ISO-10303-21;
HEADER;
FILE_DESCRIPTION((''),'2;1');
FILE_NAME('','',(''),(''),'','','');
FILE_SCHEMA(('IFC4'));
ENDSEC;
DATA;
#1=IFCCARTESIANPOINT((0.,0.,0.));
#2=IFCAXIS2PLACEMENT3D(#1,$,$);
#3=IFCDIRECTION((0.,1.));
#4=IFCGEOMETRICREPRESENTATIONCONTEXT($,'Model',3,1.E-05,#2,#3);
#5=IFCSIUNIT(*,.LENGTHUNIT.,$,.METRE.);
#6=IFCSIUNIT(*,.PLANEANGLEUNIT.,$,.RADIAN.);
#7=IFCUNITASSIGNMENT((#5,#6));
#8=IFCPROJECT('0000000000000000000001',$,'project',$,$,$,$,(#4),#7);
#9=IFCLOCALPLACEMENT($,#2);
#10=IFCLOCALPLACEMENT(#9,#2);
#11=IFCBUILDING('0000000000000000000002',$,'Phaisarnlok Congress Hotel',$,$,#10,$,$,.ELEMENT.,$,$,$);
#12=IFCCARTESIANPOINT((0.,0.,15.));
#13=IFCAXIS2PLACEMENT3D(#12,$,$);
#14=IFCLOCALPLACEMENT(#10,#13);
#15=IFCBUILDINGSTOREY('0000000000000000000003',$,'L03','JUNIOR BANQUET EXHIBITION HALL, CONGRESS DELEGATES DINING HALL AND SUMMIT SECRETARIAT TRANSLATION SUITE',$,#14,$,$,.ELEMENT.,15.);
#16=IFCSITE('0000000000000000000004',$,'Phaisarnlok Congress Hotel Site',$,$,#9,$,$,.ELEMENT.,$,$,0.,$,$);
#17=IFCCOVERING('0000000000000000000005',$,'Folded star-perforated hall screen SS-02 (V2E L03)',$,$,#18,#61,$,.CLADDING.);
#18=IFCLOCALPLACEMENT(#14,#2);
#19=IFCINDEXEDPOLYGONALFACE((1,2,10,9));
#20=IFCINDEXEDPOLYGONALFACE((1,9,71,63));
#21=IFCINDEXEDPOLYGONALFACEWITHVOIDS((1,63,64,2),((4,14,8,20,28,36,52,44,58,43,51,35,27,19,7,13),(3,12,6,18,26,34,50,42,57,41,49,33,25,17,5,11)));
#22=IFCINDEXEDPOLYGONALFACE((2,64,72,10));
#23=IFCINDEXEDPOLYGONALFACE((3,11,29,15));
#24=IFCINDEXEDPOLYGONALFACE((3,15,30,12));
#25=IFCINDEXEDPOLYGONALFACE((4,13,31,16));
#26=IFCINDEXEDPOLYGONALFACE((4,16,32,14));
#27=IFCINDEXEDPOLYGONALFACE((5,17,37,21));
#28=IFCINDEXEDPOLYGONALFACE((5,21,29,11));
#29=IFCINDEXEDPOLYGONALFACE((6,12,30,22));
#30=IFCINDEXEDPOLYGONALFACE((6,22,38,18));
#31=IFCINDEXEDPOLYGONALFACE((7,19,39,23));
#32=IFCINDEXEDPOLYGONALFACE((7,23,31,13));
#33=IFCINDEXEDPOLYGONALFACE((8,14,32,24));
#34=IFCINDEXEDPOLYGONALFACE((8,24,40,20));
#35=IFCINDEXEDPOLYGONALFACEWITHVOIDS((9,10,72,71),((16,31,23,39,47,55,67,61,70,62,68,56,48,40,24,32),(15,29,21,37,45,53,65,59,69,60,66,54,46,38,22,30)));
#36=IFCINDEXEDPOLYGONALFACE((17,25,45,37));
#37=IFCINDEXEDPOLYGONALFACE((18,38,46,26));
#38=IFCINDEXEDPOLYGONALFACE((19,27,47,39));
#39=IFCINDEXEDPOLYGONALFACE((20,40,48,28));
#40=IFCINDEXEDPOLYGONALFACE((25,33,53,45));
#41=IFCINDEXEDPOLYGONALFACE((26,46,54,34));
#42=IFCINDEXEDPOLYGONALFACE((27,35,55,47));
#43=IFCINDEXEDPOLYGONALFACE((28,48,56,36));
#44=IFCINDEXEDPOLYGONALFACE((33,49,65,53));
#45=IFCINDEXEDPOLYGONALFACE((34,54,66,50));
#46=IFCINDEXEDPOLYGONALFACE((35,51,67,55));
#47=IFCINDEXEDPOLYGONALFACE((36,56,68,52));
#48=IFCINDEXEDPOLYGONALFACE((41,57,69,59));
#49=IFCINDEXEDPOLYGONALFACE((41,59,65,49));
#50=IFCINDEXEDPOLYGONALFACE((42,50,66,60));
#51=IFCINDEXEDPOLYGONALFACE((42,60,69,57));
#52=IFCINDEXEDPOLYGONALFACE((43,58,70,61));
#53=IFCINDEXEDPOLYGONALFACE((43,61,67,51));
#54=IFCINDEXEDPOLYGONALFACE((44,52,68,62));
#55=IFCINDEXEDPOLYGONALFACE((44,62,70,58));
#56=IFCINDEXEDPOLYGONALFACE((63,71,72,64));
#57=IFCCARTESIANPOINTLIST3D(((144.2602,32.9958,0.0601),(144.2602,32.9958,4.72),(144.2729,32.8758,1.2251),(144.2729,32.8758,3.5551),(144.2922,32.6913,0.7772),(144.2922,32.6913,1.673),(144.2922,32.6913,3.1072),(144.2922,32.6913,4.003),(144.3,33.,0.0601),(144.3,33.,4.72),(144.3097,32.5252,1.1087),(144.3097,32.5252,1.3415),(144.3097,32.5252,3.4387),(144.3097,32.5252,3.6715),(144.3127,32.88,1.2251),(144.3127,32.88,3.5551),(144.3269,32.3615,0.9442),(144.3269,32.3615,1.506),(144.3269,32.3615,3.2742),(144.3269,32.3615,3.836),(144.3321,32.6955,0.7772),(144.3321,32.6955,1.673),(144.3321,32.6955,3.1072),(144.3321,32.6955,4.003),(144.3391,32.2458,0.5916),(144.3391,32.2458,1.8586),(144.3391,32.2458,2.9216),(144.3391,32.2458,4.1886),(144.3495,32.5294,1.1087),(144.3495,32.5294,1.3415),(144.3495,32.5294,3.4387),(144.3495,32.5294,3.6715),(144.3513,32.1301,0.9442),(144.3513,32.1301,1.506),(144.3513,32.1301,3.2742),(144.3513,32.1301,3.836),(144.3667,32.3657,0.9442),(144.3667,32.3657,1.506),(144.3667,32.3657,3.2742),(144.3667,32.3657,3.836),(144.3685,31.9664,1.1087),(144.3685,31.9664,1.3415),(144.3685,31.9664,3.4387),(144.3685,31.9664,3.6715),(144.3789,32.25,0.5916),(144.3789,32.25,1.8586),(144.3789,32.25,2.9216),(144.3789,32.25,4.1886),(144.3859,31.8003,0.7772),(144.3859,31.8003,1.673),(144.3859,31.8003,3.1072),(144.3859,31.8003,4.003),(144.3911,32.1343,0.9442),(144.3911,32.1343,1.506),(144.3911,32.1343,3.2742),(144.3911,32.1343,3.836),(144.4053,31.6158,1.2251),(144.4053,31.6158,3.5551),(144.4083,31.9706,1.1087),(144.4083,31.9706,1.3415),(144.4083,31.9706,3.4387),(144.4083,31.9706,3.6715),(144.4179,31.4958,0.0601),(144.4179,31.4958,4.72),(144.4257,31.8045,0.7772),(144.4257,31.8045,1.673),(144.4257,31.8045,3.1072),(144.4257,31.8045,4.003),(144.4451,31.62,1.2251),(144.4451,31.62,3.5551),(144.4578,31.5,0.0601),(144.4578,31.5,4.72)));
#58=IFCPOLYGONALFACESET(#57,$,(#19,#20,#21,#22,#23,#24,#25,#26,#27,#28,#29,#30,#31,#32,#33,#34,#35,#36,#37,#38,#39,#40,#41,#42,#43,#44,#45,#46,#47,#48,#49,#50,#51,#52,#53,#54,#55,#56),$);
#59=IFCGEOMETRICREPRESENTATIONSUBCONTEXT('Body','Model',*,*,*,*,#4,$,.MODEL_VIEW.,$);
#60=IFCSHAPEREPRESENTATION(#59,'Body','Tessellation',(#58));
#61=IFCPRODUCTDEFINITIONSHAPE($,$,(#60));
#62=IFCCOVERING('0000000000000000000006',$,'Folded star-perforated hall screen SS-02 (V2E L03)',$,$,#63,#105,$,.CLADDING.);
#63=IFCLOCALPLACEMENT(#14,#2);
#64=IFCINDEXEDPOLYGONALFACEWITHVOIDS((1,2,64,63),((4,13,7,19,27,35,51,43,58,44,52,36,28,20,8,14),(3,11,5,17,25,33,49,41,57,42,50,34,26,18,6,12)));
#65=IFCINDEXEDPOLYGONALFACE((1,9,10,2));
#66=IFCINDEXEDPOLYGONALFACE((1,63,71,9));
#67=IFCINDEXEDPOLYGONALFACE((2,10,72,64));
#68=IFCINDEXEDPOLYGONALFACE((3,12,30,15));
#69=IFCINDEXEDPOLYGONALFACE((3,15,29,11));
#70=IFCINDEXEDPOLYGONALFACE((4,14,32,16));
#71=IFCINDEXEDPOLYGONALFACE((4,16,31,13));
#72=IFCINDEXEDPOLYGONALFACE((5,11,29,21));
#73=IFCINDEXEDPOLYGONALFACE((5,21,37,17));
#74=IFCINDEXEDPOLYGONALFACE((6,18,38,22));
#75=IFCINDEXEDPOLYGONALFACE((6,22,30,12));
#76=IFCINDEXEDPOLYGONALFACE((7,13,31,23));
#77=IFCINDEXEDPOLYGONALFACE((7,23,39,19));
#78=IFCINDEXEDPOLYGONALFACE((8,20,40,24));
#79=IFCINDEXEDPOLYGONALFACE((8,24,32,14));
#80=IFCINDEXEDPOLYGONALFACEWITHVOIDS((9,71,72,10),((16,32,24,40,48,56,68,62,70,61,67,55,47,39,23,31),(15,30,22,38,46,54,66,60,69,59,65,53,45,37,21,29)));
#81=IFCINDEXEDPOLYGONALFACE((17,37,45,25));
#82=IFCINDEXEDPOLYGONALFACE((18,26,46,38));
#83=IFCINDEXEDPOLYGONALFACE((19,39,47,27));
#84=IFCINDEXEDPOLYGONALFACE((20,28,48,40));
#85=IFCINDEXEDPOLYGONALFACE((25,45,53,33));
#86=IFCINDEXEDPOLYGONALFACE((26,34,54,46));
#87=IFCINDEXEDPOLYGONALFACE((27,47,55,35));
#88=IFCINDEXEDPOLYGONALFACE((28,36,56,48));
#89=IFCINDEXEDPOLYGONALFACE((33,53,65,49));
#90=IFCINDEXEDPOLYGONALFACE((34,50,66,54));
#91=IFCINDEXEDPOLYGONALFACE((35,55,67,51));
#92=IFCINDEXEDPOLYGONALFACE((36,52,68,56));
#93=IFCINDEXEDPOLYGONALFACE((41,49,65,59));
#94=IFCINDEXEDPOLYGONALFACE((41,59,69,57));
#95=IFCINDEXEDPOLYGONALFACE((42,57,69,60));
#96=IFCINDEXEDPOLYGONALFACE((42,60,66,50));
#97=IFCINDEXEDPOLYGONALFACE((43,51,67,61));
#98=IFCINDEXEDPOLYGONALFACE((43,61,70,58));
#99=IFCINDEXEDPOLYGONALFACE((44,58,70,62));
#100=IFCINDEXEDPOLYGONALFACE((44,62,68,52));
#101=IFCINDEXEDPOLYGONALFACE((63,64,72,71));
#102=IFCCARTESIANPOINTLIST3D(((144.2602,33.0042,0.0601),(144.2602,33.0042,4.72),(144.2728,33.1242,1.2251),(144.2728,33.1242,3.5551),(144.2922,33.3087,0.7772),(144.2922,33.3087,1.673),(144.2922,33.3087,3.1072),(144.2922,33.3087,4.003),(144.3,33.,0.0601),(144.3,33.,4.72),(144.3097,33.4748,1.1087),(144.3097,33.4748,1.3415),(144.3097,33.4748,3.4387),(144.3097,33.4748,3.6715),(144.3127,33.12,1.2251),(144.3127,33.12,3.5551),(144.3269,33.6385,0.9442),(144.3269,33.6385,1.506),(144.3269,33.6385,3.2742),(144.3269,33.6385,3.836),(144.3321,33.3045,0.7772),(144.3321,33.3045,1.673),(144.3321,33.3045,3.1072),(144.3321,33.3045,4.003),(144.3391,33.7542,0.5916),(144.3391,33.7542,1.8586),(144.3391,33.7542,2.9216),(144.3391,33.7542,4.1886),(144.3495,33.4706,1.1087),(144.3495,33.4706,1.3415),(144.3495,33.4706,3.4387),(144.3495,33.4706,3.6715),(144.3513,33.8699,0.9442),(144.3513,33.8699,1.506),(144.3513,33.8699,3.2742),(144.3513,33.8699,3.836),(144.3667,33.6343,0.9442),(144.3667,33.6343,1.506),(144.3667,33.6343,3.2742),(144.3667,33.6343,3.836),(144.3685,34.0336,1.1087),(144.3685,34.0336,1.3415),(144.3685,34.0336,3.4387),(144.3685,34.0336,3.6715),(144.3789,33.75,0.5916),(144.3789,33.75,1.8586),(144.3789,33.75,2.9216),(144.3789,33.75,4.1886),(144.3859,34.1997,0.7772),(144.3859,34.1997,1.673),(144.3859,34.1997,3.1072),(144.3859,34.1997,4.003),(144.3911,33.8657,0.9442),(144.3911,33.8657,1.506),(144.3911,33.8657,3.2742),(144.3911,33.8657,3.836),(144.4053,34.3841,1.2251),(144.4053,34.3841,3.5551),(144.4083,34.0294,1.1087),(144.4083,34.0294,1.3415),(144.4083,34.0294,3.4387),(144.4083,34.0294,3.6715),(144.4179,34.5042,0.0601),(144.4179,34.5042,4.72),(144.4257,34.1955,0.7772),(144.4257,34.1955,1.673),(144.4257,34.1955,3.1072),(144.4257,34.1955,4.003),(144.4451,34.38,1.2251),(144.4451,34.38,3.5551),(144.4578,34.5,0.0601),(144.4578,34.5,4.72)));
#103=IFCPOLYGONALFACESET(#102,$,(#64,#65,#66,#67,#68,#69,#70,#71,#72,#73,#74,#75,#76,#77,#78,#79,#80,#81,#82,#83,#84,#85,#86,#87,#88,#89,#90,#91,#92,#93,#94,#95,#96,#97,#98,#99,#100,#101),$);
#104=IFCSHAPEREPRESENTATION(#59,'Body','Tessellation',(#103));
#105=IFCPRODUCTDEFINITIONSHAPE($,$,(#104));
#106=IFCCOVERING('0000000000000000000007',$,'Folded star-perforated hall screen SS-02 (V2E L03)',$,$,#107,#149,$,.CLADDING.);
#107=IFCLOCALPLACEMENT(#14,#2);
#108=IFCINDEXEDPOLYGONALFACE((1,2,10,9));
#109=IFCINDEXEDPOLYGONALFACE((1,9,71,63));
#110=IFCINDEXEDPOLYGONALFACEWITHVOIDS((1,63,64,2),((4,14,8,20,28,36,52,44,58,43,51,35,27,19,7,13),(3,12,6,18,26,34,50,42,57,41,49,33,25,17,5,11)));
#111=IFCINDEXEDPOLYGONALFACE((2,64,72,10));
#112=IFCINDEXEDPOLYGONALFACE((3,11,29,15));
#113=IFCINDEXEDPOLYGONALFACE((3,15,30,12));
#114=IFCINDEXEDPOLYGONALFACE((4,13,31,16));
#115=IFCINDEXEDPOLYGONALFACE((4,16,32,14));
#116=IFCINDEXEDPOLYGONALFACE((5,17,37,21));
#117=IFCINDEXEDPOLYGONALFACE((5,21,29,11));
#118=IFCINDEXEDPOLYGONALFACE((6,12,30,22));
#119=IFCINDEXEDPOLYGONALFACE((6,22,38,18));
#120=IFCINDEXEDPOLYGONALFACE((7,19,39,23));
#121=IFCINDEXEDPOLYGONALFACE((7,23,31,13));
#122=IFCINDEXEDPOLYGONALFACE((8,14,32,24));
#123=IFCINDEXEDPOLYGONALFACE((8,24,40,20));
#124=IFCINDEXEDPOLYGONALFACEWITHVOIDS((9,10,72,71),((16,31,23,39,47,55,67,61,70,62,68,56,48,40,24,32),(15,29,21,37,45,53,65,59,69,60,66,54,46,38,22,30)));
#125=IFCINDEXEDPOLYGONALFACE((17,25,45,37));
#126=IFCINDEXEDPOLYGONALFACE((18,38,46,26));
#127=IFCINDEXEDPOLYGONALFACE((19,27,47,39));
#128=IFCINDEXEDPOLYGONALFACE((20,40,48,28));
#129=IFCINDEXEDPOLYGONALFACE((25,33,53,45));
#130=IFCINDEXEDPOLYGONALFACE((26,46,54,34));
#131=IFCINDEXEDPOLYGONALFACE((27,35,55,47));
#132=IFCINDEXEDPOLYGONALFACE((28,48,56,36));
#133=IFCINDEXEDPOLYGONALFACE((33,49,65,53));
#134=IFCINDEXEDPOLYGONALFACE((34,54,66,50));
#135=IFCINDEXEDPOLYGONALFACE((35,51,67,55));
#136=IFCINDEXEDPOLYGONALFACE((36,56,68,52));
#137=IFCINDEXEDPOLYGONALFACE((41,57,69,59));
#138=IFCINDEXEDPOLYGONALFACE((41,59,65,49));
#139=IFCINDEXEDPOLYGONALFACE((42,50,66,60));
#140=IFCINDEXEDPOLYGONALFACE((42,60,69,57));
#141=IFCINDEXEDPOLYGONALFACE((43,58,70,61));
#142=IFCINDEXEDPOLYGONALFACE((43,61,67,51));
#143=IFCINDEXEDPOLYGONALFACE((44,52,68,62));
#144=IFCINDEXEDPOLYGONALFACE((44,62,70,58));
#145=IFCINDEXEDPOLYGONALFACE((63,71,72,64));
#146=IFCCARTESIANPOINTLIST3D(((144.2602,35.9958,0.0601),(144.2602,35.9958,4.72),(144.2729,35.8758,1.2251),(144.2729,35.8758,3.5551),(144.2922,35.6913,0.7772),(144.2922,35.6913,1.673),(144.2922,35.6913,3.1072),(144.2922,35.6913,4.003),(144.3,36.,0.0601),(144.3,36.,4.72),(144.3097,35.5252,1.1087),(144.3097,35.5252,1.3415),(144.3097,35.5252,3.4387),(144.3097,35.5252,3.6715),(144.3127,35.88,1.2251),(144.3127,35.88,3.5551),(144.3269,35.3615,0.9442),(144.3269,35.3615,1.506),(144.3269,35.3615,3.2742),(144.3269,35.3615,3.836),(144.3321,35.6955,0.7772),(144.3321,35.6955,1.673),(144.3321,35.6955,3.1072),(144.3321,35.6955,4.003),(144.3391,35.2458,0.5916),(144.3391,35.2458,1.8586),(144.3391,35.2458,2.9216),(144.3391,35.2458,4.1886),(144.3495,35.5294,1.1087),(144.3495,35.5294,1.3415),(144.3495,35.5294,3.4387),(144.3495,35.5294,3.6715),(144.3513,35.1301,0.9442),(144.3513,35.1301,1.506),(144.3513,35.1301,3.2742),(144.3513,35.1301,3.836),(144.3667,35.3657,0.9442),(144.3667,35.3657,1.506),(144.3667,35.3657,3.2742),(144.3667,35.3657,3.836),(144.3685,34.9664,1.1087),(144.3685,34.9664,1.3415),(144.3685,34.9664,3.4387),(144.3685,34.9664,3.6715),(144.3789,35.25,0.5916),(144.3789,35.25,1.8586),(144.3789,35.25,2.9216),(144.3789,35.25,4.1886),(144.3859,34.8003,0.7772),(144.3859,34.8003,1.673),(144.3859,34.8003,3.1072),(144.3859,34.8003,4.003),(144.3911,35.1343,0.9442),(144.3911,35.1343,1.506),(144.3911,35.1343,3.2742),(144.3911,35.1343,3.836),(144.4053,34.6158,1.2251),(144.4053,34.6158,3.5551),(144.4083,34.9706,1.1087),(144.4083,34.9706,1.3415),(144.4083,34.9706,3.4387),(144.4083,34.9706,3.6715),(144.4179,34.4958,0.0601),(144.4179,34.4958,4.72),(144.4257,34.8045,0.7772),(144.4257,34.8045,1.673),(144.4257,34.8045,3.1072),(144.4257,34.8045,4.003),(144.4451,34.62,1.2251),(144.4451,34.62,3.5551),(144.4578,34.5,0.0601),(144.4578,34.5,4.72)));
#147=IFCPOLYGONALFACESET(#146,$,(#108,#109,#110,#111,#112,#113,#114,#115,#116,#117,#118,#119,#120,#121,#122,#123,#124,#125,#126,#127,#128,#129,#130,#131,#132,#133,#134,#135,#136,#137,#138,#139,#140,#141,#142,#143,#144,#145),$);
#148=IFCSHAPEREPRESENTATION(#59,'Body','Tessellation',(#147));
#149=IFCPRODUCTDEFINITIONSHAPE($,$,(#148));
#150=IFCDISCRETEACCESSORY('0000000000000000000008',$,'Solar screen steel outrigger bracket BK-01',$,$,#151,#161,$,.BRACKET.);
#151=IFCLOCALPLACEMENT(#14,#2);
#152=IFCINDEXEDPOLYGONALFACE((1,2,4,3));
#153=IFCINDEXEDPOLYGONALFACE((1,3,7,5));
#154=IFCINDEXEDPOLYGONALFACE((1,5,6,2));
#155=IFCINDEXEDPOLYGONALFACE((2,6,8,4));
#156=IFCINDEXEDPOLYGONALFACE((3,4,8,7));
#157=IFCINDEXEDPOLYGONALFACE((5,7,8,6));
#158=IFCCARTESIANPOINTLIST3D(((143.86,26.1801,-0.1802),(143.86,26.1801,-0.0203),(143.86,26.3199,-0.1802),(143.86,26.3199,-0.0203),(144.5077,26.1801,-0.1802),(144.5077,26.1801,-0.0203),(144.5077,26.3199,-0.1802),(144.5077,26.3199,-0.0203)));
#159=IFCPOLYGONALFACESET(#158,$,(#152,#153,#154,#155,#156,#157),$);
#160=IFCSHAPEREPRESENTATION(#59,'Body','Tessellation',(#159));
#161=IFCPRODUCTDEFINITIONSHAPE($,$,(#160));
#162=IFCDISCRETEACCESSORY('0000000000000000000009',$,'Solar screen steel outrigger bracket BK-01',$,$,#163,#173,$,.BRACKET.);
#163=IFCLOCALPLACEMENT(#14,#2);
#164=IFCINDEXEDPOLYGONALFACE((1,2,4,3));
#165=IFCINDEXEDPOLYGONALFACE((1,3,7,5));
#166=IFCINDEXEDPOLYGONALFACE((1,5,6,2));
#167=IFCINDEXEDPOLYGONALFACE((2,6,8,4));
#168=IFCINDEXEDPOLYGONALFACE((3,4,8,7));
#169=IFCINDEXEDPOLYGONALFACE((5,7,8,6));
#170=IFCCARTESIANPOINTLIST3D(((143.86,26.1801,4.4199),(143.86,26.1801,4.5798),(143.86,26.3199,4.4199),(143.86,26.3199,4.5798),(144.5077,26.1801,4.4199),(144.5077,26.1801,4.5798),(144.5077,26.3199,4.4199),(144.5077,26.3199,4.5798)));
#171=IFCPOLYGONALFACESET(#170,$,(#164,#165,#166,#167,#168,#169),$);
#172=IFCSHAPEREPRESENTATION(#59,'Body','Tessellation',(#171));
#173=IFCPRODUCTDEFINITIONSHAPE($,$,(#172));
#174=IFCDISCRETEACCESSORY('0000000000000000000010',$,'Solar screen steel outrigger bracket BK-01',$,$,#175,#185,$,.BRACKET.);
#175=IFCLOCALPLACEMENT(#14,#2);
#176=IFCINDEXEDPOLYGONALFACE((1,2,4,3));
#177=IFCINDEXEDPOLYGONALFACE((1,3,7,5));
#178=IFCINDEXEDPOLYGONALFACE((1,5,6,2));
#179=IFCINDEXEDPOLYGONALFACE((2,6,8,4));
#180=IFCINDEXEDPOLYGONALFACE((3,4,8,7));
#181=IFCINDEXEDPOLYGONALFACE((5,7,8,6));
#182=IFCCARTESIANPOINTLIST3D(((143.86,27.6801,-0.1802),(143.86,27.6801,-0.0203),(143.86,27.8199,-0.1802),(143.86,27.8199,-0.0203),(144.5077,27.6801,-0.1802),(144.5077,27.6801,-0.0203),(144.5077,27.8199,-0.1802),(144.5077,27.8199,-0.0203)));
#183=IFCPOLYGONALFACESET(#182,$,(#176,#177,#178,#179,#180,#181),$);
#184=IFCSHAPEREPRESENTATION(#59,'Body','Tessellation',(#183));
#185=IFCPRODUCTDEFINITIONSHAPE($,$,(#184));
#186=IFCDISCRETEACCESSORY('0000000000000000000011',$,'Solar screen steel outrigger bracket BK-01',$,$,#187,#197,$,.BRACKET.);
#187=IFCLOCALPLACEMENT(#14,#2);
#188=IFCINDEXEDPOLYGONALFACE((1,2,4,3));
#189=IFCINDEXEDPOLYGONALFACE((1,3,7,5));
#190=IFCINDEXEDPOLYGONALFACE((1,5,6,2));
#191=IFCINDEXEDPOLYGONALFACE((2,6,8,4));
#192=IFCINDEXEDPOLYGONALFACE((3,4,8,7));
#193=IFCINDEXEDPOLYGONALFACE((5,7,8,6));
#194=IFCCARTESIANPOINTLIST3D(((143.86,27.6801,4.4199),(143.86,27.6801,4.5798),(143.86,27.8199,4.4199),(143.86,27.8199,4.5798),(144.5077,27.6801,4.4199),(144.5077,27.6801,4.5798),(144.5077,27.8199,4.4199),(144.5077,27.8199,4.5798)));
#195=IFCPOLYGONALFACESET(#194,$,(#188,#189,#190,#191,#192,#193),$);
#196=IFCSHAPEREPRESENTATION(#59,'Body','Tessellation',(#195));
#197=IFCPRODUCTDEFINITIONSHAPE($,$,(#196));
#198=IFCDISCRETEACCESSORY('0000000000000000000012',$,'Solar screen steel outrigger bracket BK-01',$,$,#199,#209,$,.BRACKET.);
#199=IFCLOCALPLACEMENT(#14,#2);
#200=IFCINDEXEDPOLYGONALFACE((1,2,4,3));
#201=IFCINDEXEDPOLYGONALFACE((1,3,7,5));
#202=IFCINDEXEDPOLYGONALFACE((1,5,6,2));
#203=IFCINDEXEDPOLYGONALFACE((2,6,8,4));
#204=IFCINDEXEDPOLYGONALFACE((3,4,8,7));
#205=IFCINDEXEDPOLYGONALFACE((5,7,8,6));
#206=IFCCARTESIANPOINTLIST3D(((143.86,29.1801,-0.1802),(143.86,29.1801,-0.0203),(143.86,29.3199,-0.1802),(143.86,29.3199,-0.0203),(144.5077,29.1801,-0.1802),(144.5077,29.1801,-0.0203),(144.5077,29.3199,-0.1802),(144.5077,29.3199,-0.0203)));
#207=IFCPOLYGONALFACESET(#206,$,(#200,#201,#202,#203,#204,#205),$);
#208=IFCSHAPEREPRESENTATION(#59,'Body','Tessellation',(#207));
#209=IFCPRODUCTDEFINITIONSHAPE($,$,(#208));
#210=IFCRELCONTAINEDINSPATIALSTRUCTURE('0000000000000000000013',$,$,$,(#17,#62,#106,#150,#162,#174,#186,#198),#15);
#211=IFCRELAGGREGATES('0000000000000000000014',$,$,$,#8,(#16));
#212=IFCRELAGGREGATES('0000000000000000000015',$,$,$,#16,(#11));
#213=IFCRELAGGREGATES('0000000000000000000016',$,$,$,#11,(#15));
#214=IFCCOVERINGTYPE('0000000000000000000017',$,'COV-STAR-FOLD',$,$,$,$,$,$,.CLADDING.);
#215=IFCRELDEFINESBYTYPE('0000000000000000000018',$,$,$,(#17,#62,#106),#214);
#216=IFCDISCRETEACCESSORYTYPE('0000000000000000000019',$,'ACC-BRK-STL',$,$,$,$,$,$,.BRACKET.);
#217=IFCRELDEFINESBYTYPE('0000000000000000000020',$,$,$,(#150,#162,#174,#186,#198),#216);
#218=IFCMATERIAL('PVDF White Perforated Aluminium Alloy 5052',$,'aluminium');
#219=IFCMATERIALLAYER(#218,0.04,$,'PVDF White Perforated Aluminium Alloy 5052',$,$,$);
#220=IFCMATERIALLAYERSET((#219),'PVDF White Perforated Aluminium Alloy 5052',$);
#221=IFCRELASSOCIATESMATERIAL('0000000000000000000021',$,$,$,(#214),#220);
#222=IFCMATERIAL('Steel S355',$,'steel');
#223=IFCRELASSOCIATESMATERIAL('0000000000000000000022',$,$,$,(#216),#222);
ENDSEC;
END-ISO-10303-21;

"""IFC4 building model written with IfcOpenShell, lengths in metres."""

from ifc_helpers import new_model, si_unit, direction, frame, origin, origin_2d, place, context, subcontext, project, spatial, polyline, rectangle, outline, extrude, material, layer, layer_set, type_object, element, save


model = new_model("IFC4")

# Units and contexts
model_context = context("Model", 3, precision=1e-05, world=origin(), true_north=direction((0.0, 1.0)))
body_context = subcontext(model_context, "Body", "Model", "MODEL_VIEW")
ifc_project = project(units=[si_unit("LENGTHUNIT", "METRE"), si_unit("PLANEANGLEUNIT", "RADIAN")], contexts=[model_context])

# Site, building, storey
site_placement = place(None, origin())
site = spatial("IfcSite", under=ifc_project, at=site_placement, Name="Phaisarnlok Congress Hotel Site", CompositionType="ELEMENT", RefElevation=0.0)
building_placement = place(site_placement, origin())
building = spatial("IfcBuilding", under=site, at=building_placement, Name="Phaisarnlok Congress Hotel", CompositionType="ELEMENT")
storey_placement = place(building_placement, frame((0.0, 0.0, 15.0)))
storey = spatial("IfcBuildingStorey", under=building, at=storey_placement, Name="L03", Description="JUNIOR BANQUET EXHIBITION HALL, CONGRESS DELEGATES DINING HALL AND SUMMIT SECRETARIAT TRANSLATION SUITE", CompositionType="ELEMENT", Elevation=15.0)

# Coverings
ifc_material_1 = material(Name="PVDF White Perforated Aluminium Alloy 5052", Category="aluminium")
ifc_layer_1 = layer(ifc_material_1, 0.04, Name="PVDF White Perforated Aluminium Alloy 5052")
ifc_layer_set_1 = layer_set([ifc_layer_1], Name="PVDF White Perforated Aluminium Alloy 5052")
covering_type = type_object("IfcCoveringType", Name="COV-STAR-FOLD", PredefinedType="CLADDING", material=ifc_layer_set_1)
for number, where, z_axis, x_axis, name in (
    (1, (144.3, 33.0, 0.0601), (-0.994518, -0.104567, 0.0), (0.104567, -0.994518, 0.0), "Folded star-perforated hall screen SS-02 (V2E L03)"),
    (2, (144.4578, 34.5, 0.0601), (-0.994518, 0.104567, 0.0), (-0.104567, -0.994518, 0.0), "Folded star-perforated hall screen SS-02 (V2E L03)"),
    (3, (144.3, 36.0, 0.0601), (-0.994518, -0.104567, 0.0), (0.104567, -0.994518, 0.0), "Folded star-perforated hall screen SS-02 (V2E L03)"),
):
    element("IfcCovering", number, at=place(storey_placement, frame(where, z_axis=z_axis, x_axis=x_axis)), inside=storey, type_object=covering_type, Name=name, PredefinedType="CLADDING", context=body_context, shape_type="SweptSolid", body=[
        extrude(outline(polyline([(0.0, 0.0), (1.5083, 0.0), (1.5083, 4.6599), (0.0, 4.6599), (0.0, 0.0)]), holes=[polyline([(1.0351, 1.0486), (1.2021, 0.7171), (0.8705, 0.8841), (0.7541, 0.5315), (0.6378, 0.8841), (0.3062, 0.7171), (0.4732, 1.0486), (0.1207, 1.165), (0.4732, 1.2814), (0.3062, 1.6129), (0.6378, 1.4459), (0.7541, 1.7985), (0.8705, 1.4459), (1.2021, 1.6129), (1.0351, 1.2814), (1.3876, 1.165), (1.0351, 1.0486)]), polyline([(1.0351, 3.3786), (1.2021, 3.0471), (0.8705, 3.2141), (0.7541, 2.8615), (0.6378, 3.2141), (0.3062, 3.0471), (0.4732, 3.3786), (0.1207, 3.495), (0.4732, 3.6114), (0.3062, 3.9429), (0.6378, 3.7759), (0.7541, 4.1285), (0.8705, 3.7759), (1.2021, 3.9429), (1.0351, 3.6114), (1.3876, 3.495), (1.0351, 3.3786)])]), origin(), (0.0, 0.0, 1.0), 0.04),
    ])

# Discrete accessories
ifc_material_2 = material(Name="Steel S355", Category="steel")
discrete_accessory_type = type_object("IfcDiscreteAccessoryType", Name="ACC-BRK-STL", PredefinedType="BRACKET", material=ifc_material_2)
for number, where, z_axis, x_axis, name in (
    (4, (144.1838, 26.25, -0.1802), (0.0, 0.0, 1.0), (1.0, 0.0, 0.0), "Solar screen steel outrigger bracket BK-01"),
    (5, (144.1838, 26.25, 4.4199), (0.0, 0.0, 1.0), (1.0, 0.0, 0.0), "Solar screen steel outrigger bracket BK-01"),
    (6, (144.1838, 27.75, -0.1802), (0.0, 0.0, 1.0), (1.0, 0.0, 0.0), "Solar screen steel outrigger bracket BK-01"),
    (7, (144.1838, 27.75, 4.4199), (0.0, 0.0, 1.0), (1.0, 0.0, 0.0), "Solar screen steel outrigger bracket BK-01"),
    (8, (144.1838, 29.25, -0.1802), (0.0, 0.0, 1.0), (1.0, 0.0, 0.0), "Solar screen steel outrigger bracket BK-01"),
):
    element("IfcDiscreteAccessory", number, at=place(storey_placement, frame(where, z_axis=z_axis, x_axis=x_axis)), inside=storey, type_object=discrete_accessory_type, Name=name, PredefinedType="BRACKET", context=body_context, shape_type="SweptSolid", body=[
        extrude(rectangle(XDim=0.6477, YDim=0.1399, at=origin_2d()), origin(), (0.0, 0.0, 1.0), 0.1599),
    ])

save(model, "model.ifc")
